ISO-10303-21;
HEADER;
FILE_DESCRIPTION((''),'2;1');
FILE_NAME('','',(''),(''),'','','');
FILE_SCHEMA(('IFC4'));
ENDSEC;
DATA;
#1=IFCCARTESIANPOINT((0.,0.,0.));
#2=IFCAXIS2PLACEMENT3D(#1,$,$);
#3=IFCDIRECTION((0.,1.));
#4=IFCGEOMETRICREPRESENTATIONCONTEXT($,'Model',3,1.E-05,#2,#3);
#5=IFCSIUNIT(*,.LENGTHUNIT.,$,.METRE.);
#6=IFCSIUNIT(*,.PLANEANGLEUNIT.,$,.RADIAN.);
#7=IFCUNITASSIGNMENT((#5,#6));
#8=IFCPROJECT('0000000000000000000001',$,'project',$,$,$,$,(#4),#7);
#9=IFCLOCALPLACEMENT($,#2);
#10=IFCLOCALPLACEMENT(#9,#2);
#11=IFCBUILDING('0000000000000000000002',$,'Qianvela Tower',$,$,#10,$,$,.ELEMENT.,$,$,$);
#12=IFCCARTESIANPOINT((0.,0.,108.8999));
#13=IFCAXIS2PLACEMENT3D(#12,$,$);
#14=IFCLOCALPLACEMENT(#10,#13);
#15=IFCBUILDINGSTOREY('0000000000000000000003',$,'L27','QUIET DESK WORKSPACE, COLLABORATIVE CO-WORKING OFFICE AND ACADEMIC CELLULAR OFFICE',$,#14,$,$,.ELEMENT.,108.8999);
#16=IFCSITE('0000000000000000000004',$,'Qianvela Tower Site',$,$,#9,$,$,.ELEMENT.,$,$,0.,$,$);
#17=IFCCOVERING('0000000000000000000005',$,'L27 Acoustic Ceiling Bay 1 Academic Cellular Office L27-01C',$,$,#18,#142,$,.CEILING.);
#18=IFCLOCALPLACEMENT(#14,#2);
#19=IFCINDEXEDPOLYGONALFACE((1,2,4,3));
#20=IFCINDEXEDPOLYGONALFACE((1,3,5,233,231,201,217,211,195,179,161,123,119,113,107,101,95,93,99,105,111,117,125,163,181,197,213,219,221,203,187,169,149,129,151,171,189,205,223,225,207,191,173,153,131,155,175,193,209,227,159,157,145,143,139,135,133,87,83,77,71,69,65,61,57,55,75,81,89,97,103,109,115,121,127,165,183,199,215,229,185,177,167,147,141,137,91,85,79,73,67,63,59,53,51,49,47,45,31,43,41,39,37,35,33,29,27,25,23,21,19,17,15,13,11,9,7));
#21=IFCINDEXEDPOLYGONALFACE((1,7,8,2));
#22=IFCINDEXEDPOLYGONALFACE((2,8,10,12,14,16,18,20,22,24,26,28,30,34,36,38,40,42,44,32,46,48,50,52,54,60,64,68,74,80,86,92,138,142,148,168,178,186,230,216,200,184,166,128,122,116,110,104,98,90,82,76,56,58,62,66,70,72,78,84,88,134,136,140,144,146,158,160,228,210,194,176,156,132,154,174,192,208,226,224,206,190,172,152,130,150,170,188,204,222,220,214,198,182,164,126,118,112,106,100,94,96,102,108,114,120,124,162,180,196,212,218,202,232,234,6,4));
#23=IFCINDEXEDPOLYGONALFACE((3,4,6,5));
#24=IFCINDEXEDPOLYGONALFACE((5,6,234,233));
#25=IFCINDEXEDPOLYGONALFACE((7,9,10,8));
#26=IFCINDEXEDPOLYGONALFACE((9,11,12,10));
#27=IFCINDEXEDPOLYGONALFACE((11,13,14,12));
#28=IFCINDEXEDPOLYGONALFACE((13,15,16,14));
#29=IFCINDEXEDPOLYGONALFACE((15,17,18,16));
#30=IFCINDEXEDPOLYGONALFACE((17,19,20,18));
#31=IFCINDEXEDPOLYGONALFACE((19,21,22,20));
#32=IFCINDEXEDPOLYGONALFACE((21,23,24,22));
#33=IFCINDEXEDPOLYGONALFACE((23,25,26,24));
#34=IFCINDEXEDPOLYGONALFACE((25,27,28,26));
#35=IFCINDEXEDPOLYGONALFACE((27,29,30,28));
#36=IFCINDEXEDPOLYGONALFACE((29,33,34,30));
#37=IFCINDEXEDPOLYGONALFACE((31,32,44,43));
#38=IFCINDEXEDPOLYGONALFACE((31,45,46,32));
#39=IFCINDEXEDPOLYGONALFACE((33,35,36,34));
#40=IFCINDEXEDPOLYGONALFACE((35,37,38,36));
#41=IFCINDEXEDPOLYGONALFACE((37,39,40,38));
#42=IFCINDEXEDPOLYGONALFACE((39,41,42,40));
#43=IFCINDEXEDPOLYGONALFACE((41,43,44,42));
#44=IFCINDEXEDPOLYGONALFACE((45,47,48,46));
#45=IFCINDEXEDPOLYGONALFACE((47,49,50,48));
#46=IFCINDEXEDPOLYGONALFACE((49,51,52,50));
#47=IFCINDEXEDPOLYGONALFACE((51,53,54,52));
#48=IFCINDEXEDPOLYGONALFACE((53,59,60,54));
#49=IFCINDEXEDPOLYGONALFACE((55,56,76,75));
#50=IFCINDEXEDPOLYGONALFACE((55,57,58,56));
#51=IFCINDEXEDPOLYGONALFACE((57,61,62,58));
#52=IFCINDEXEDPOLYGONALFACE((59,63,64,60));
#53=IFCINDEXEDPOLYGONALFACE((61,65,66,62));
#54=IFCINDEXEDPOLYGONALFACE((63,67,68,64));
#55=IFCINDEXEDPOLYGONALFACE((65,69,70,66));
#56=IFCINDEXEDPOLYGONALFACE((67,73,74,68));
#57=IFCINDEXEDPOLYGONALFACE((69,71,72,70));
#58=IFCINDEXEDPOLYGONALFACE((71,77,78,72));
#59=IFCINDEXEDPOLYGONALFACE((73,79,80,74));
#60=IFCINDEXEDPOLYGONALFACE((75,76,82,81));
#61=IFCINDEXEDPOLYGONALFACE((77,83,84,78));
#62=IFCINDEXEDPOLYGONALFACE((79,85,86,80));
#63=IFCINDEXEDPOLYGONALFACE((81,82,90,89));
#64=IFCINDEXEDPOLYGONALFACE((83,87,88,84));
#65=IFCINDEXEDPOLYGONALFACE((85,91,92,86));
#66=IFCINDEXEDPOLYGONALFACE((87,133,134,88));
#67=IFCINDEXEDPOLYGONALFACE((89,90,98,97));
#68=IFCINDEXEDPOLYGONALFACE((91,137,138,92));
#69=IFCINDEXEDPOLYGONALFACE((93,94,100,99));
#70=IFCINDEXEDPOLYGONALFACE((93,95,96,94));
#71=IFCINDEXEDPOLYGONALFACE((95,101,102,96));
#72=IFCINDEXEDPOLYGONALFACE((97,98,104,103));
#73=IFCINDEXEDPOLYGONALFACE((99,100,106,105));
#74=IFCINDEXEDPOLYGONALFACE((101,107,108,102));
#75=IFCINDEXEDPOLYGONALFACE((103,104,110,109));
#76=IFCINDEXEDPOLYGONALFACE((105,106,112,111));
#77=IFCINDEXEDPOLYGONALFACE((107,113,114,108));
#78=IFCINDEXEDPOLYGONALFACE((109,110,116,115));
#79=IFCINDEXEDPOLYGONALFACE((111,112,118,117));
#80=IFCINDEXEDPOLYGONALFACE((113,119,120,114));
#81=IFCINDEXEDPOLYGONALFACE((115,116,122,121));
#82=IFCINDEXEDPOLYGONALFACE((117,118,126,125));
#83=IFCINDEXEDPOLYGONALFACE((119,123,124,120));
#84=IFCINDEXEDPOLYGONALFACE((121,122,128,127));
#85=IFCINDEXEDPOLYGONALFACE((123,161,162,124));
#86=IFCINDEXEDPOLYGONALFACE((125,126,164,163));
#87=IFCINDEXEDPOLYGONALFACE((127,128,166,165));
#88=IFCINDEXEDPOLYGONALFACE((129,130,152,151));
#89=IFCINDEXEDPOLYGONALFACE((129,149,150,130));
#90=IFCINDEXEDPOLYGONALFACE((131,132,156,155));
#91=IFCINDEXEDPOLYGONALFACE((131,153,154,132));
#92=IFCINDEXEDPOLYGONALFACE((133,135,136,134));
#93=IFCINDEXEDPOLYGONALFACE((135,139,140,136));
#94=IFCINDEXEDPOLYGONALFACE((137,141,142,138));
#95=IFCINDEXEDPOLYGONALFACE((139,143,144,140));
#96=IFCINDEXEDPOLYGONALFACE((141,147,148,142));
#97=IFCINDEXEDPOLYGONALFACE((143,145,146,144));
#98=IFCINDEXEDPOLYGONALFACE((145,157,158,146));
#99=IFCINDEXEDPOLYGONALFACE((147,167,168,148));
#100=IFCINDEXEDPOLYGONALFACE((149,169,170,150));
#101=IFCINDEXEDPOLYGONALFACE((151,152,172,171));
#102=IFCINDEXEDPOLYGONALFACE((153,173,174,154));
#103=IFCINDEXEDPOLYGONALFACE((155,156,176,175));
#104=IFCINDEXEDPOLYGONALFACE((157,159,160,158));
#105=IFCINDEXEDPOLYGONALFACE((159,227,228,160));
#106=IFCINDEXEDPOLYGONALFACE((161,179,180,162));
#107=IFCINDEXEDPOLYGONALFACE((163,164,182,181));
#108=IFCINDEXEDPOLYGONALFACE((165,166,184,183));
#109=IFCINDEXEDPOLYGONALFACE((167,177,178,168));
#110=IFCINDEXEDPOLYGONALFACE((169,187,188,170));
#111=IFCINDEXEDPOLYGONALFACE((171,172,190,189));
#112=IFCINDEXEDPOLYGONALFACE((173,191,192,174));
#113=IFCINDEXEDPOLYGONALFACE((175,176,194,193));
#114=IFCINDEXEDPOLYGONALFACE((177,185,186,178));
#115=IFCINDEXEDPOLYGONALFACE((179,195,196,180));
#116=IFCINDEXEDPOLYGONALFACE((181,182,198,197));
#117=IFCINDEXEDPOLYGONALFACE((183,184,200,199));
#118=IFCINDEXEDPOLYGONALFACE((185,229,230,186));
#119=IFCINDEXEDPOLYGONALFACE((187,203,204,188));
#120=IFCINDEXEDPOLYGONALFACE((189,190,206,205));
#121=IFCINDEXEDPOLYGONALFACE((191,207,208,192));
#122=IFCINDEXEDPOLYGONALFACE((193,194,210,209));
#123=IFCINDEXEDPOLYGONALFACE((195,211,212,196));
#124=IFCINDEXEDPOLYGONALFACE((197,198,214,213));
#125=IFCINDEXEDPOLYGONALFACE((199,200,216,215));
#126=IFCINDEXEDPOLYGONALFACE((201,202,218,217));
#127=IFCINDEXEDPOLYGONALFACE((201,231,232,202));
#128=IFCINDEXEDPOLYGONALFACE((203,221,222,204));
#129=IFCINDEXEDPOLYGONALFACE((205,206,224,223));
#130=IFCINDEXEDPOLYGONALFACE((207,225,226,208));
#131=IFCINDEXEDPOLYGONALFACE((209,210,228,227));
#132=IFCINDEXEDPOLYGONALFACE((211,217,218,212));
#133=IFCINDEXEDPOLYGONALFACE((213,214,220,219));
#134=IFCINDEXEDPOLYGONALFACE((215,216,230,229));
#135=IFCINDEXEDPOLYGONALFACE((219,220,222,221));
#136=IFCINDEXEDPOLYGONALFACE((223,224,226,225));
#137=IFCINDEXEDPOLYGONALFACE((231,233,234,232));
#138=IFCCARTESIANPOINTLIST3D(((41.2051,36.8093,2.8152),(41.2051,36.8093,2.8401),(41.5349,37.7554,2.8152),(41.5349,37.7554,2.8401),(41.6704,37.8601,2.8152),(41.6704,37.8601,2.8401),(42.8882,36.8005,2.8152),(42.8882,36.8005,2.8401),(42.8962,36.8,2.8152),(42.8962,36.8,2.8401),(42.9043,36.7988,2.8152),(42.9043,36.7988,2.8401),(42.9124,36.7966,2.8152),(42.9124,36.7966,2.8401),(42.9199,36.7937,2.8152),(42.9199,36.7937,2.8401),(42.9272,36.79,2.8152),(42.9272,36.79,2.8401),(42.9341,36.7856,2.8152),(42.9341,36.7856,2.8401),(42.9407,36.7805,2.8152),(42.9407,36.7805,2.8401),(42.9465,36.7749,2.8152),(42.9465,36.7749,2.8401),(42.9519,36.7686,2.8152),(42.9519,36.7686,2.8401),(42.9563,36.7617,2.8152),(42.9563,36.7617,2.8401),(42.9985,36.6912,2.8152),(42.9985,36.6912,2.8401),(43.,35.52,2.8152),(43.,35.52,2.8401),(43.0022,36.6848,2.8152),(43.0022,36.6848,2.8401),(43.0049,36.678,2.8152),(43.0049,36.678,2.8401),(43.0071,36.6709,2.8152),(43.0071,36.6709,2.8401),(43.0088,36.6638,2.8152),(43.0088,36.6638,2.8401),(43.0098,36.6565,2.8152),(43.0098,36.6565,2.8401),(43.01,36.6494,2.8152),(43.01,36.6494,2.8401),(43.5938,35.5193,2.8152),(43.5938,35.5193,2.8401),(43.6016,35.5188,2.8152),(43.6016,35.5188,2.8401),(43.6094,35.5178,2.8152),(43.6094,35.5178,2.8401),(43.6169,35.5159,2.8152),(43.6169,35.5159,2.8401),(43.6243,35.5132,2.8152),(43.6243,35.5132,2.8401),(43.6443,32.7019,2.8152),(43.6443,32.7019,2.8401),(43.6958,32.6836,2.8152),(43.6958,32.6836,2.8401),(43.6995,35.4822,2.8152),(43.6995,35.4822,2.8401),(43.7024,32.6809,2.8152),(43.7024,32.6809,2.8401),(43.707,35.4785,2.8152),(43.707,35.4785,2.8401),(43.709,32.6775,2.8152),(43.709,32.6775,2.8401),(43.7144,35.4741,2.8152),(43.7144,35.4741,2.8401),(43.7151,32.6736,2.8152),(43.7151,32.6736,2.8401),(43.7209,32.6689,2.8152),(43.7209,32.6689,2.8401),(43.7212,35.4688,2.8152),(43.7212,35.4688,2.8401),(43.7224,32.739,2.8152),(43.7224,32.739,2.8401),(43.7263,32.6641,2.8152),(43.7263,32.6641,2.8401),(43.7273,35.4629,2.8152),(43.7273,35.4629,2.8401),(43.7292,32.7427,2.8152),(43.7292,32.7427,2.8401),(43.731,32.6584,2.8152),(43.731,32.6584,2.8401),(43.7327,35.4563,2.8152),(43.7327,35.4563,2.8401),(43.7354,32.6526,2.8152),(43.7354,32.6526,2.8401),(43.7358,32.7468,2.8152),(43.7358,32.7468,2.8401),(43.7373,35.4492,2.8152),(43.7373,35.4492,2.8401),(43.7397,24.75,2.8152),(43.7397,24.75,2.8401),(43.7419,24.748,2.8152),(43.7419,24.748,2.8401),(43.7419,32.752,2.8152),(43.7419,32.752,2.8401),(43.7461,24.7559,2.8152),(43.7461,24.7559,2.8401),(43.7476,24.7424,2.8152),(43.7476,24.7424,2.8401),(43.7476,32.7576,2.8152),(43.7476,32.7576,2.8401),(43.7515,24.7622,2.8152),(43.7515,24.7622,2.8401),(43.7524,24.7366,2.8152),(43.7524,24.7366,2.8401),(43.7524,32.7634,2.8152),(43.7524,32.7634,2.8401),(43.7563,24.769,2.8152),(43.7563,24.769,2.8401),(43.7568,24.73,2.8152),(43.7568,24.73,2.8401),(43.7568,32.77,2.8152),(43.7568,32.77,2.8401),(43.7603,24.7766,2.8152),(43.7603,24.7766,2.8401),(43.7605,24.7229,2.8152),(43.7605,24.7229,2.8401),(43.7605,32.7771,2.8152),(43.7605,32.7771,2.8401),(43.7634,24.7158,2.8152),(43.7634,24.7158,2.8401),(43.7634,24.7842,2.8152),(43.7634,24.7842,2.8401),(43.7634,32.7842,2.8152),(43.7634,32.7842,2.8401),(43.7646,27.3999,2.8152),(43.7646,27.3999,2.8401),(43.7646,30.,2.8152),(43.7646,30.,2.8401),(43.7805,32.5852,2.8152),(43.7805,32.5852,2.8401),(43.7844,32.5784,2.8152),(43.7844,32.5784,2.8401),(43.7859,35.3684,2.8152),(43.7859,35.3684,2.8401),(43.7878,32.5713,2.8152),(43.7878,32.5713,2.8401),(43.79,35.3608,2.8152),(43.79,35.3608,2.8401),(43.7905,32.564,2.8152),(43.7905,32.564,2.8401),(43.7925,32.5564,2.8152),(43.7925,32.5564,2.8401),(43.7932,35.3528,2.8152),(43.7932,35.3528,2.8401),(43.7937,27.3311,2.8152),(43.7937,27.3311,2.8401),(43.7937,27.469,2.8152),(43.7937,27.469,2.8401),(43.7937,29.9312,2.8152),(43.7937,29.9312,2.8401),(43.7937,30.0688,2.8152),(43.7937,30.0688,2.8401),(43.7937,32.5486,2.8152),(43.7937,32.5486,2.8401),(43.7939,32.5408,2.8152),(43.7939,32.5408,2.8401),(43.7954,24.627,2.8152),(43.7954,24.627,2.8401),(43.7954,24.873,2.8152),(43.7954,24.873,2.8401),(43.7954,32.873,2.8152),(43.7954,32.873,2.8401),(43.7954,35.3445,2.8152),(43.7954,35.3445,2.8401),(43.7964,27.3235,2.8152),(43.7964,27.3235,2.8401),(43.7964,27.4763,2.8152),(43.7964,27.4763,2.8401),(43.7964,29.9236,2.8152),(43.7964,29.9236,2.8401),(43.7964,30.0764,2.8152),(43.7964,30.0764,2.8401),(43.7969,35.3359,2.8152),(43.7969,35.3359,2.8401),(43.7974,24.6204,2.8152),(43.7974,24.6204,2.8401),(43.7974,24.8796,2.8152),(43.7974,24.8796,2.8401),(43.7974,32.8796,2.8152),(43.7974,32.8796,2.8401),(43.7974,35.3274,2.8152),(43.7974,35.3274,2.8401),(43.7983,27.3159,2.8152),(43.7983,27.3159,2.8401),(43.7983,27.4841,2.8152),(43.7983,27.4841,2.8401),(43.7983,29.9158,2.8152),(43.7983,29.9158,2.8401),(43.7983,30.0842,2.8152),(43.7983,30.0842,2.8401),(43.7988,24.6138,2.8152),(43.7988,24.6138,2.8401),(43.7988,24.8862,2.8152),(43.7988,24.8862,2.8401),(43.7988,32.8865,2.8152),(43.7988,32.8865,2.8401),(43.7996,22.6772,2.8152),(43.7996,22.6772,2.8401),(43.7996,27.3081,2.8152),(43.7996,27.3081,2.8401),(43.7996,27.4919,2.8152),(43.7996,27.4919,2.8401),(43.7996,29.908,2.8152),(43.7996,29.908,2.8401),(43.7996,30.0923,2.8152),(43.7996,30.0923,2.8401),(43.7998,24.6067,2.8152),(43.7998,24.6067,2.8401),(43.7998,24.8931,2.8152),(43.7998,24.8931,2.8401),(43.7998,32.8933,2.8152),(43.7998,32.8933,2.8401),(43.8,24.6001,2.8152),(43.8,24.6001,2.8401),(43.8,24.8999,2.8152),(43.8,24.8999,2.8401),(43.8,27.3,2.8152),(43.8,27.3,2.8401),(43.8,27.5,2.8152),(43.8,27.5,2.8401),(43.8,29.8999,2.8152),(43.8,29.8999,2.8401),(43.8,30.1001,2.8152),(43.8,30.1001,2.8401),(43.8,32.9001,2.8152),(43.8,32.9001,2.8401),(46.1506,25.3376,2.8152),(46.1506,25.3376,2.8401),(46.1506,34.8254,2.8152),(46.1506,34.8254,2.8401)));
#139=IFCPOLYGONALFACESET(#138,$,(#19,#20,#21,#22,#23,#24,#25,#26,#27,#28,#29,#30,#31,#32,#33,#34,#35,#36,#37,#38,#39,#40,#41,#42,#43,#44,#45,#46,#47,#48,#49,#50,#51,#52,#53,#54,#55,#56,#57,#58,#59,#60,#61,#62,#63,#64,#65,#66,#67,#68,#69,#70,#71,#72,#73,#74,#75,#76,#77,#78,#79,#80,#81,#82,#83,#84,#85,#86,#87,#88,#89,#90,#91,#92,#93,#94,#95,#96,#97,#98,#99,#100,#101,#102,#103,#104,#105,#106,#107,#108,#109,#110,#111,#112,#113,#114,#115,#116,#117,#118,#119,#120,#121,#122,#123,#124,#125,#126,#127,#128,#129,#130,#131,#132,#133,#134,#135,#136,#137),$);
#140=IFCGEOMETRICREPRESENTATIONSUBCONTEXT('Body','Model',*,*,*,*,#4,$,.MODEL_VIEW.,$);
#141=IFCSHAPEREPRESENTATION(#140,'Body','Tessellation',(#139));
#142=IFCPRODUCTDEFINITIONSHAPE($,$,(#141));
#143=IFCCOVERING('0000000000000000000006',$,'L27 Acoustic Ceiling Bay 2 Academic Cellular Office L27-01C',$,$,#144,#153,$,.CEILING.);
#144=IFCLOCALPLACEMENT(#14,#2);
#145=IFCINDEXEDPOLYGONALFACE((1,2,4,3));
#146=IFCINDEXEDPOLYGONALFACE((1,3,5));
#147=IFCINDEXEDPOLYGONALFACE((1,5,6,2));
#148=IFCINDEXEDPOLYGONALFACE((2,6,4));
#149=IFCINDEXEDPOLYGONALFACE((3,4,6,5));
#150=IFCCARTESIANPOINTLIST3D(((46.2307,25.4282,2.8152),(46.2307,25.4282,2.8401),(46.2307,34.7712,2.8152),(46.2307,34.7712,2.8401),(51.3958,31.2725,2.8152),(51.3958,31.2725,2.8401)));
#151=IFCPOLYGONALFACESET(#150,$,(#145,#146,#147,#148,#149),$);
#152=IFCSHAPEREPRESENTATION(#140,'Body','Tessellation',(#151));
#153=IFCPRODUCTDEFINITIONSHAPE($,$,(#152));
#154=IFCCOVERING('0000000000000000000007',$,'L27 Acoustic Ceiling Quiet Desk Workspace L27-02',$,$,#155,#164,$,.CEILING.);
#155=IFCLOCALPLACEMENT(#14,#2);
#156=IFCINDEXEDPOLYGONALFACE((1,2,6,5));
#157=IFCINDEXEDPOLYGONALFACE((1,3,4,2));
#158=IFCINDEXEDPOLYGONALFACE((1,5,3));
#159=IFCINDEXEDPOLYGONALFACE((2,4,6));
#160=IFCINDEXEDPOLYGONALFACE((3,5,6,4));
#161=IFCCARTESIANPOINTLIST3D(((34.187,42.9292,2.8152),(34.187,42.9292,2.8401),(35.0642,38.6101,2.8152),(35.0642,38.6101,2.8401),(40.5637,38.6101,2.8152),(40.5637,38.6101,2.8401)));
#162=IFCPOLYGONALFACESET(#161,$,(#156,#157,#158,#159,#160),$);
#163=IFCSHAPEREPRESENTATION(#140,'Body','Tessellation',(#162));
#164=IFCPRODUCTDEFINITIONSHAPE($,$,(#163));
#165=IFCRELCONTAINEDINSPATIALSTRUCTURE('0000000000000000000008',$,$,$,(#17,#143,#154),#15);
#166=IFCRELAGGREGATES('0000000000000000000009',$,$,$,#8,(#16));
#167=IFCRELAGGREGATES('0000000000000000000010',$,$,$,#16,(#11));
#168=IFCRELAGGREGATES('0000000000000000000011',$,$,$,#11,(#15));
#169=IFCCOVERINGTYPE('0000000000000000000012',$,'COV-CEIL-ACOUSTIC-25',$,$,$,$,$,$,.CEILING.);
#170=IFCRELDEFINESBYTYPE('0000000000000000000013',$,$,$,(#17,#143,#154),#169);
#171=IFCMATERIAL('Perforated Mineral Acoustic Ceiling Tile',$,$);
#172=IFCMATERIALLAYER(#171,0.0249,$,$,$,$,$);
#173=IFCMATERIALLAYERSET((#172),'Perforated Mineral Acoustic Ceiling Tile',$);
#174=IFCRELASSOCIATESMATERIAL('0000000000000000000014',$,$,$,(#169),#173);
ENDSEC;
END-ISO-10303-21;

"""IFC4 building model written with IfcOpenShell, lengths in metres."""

from ifc_helpers import new_model, si_unit, direction, frame, origin, place, context, subcontext, project, spatial, polyline, outline, extrude, material, layer, layer_set, type_object, element, save


model = new_model("IFC4")

# Units and contexts
model_context = context("Model", 3, precision=1e-05, world=origin(), true_north=direction((0.0, 1.0)))
body_context = subcontext(model_context, "Body", "Model", "MODEL_VIEW")
ifc_project = project(units=[si_unit("LENGTHUNIT", "METRE"), si_unit("PLANEANGLEUNIT", "RADIAN")], contexts=[model_context])

# Site, building, storey
site_placement = place(None, origin())
site = spatial("IfcSite", under=ifc_project, at=site_placement, Name="Qianvela Tower Site", CompositionType="ELEMENT", RefElevation=0.0)
building_placement = place(site_placement, origin())
building = spatial("IfcBuilding", under=site, at=building_placement, Name="Qianvela Tower", CompositionType="ELEMENT")
storey_placement = place(building_placement, frame((0.0, 0.0, 108.8999)))
storey = spatial("IfcBuildingStorey", under=building, at=storey_placement, Name="L27", Description="QUIET DESK WORKSPACE, COLLABORATIVE CO-WORKING OFFICE AND ACADEMIC CELLULAR OFFICE", CompositionType="ELEMENT", Elevation=108.8999)

# Coverings
ifc_material_1 = material(Name="Perforated Mineral Acoustic Ceiling Tile")
ifc_layer_1 = layer(ifc_material_1, 0.0249)
ifc_layer_set_1 = layer_set([ifc_layer_1], Name="Perforated Mineral Acoustic Ceiling Tile")
covering_type_1 = type_object("IfcCoveringType", Name="COV-CEIL-ACOUSTIC-25", PredefinedType="CEILING", material=ifc_layer_set_1)
covering_1_placement = place(storey_placement, frame((0.0, 0.0, 2.8152)))
element("IfcCovering", 1, at=covering_1_placement, inside=storey, type_object=covering_type_1, Name="L27 Acoustic Ceiling Bay 1 Academic Cellular Office L27-01C", PredefinedType="CEILING", context=body_context, shape_type="SweptSolid", body=[
    extrude(outline(polyline([(43.7224, 32.739), (43.7292, 32.7427), (43.7358, 32.7468), (43.7419, 32.752), (43.7476, 32.7576), (43.7524, 32.7634), (43.7568, 32.77), (43.7605, 32.7771), (43.7634, 32.7842), (43.7954, 32.873), (43.7974, 32.8796), (43.7988, 32.8865), (43.7998, 32.8933), (43.8, 32.9001), (43.7974, 35.3274), (43.7969, 35.3359), (43.7954, 35.3445), (43.7932, 35.3528), (43.79, 35.3608), (43.7859, 35.3684), (43.7373, 35.4492), (43.7327, 35.4563), (43.7273, 35.4629), (43.7212, 35.4688), (43.7144, 35.4741), (43.707, 35.4785), (43.6995, 35.4822), (43.6243, 35.5132), (43.6169, 35.5159), (43.6094, 35.5178), (43.6016, 35.5188), (43.5938, 35.5193), (43.0, 35.52), (43.01, 36.6494), (43.0098, 36.6565), (43.0088, 36.6638), (43.0071, 36.6709), (43.0049, 36.678), (43.0022, 36.6848), (42.9985, 36.6912), (42.9563, 36.7617), (42.9519, 36.7686), (42.9465, 36.7749), (42.9407, 36.7805), (42.9341, 36.7856), (42.9272, 36.79), (42.9199, 36.7937), (42.9124, 36.7966), (42.9043, 36.7988), (42.8962, 36.8), (42.8882, 36.8005), (41.2051, 36.8093), (41.5349, 37.7554), (41.6704, 37.8601), (46.1506, 34.8254), (46.1506, 25.3376), (43.7996, 22.6772), (43.8, 24.6001), (43.7998, 24.6067), (43.7988, 24.6138), (43.7974, 24.6204), (43.7954, 24.627), (43.7634, 24.7158), (43.7605, 24.7229), (43.7568, 24.73), (43.7524, 24.7366), (43.7476, 24.7424), (43.7419, 24.748), (43.7397, 24.75), (43.7397, 24.75), (43.7461, 24.7559), (43.7515, 24.7622), (43.7563, 24.769), (43.7603, 24.7766), (43.7634, 24.7842), (43.7954, 24.873), (43.7974, 24.8796), (43.7988, 24.8862), (43.7998, 24.8931), (43.8, 24.8999), (43.8, 27.3), (43.7996, 27.3081), (43.7983, 27.3159), (43.7964, 27.3235), (43.7937, 27.3311), (43.7646, 27.3999), (43.7937, 27.469), (43.7964, 27.4763), (43.7983, 27.4841), (43.7996, 27.4919), (43.8, 27.5), (43.8, 29.8999), (43.7996, 29.908), (43.7983, 29.9158), (43.7964, 29.9236), (43.7937, 29.9312), (43.7646, 30.0), (43.7937, 30.0688), (43.7964, 30.0764), (43.7983, 30.0842), (43.7996, 30.0923), (43.8, 30.1001), (43.7939, 32.5408), (43.7937, 32.5486), (43.7925, 32.5564), (43.7905, 32.564), (43.7878, 32.5713), (43.7844, 32.5784), (43.7805, 32.5852), (43.7354, 32.6526), (43.731, 32.6584), (43.7263, 32.6641), (43.7209, 32.6689), (43.7151, 32.6736), (43.709, 32.6775), (43.7024, 32.6809), (43.6958, 32.6836), (43.6443, 32.7019), (43.7224, 32.739)])), origin(), (0.0, 0.0, 1.0), 0.0249),
])
covering_2_placement = place(storey_placement, frame((0.0, 0.0, 2.8152)))
element("IfcCovering", 2, at=covering_2_placement, inside=storey, type_object=covering_type_1, Name="L27 Acoustic Ceiling Bay 2 Academic Cellular Office L27-01C", PredefinedType="CEILING", context=body_context, shape_type="SweptSolid", body=[
    extrude(outline(polyline([(51.3958, 31.2725), (46.2307, 25.4282), (46.2307, 34.7712), (51.3958, 31.2725)])), origin(), (0.0, 0.0, 1.0), 0.0249),
])
covering_3_placement = place(storey_placement, frame((0.0, 0.0, 2.8152)))
element("IfcCovering", 3, at=covering_3_placement, inside=storey, type_object=covering_type_1, Name="L27 Acoustic Ceiling Quiet Desk Workspace L27-02", PredefinedType="CEILING", context=body_context, shape_type="SweptSolid", body=[
    extrude(outline(polyline([(35.0642, 38.6101), (34.187, 42.9292), (40.5637, 38.6101), (35.0642, 38.6101)])), origin(), (0.0, 0.0, 1.0), 0.0249),
])

save(model, "model.ifc")
